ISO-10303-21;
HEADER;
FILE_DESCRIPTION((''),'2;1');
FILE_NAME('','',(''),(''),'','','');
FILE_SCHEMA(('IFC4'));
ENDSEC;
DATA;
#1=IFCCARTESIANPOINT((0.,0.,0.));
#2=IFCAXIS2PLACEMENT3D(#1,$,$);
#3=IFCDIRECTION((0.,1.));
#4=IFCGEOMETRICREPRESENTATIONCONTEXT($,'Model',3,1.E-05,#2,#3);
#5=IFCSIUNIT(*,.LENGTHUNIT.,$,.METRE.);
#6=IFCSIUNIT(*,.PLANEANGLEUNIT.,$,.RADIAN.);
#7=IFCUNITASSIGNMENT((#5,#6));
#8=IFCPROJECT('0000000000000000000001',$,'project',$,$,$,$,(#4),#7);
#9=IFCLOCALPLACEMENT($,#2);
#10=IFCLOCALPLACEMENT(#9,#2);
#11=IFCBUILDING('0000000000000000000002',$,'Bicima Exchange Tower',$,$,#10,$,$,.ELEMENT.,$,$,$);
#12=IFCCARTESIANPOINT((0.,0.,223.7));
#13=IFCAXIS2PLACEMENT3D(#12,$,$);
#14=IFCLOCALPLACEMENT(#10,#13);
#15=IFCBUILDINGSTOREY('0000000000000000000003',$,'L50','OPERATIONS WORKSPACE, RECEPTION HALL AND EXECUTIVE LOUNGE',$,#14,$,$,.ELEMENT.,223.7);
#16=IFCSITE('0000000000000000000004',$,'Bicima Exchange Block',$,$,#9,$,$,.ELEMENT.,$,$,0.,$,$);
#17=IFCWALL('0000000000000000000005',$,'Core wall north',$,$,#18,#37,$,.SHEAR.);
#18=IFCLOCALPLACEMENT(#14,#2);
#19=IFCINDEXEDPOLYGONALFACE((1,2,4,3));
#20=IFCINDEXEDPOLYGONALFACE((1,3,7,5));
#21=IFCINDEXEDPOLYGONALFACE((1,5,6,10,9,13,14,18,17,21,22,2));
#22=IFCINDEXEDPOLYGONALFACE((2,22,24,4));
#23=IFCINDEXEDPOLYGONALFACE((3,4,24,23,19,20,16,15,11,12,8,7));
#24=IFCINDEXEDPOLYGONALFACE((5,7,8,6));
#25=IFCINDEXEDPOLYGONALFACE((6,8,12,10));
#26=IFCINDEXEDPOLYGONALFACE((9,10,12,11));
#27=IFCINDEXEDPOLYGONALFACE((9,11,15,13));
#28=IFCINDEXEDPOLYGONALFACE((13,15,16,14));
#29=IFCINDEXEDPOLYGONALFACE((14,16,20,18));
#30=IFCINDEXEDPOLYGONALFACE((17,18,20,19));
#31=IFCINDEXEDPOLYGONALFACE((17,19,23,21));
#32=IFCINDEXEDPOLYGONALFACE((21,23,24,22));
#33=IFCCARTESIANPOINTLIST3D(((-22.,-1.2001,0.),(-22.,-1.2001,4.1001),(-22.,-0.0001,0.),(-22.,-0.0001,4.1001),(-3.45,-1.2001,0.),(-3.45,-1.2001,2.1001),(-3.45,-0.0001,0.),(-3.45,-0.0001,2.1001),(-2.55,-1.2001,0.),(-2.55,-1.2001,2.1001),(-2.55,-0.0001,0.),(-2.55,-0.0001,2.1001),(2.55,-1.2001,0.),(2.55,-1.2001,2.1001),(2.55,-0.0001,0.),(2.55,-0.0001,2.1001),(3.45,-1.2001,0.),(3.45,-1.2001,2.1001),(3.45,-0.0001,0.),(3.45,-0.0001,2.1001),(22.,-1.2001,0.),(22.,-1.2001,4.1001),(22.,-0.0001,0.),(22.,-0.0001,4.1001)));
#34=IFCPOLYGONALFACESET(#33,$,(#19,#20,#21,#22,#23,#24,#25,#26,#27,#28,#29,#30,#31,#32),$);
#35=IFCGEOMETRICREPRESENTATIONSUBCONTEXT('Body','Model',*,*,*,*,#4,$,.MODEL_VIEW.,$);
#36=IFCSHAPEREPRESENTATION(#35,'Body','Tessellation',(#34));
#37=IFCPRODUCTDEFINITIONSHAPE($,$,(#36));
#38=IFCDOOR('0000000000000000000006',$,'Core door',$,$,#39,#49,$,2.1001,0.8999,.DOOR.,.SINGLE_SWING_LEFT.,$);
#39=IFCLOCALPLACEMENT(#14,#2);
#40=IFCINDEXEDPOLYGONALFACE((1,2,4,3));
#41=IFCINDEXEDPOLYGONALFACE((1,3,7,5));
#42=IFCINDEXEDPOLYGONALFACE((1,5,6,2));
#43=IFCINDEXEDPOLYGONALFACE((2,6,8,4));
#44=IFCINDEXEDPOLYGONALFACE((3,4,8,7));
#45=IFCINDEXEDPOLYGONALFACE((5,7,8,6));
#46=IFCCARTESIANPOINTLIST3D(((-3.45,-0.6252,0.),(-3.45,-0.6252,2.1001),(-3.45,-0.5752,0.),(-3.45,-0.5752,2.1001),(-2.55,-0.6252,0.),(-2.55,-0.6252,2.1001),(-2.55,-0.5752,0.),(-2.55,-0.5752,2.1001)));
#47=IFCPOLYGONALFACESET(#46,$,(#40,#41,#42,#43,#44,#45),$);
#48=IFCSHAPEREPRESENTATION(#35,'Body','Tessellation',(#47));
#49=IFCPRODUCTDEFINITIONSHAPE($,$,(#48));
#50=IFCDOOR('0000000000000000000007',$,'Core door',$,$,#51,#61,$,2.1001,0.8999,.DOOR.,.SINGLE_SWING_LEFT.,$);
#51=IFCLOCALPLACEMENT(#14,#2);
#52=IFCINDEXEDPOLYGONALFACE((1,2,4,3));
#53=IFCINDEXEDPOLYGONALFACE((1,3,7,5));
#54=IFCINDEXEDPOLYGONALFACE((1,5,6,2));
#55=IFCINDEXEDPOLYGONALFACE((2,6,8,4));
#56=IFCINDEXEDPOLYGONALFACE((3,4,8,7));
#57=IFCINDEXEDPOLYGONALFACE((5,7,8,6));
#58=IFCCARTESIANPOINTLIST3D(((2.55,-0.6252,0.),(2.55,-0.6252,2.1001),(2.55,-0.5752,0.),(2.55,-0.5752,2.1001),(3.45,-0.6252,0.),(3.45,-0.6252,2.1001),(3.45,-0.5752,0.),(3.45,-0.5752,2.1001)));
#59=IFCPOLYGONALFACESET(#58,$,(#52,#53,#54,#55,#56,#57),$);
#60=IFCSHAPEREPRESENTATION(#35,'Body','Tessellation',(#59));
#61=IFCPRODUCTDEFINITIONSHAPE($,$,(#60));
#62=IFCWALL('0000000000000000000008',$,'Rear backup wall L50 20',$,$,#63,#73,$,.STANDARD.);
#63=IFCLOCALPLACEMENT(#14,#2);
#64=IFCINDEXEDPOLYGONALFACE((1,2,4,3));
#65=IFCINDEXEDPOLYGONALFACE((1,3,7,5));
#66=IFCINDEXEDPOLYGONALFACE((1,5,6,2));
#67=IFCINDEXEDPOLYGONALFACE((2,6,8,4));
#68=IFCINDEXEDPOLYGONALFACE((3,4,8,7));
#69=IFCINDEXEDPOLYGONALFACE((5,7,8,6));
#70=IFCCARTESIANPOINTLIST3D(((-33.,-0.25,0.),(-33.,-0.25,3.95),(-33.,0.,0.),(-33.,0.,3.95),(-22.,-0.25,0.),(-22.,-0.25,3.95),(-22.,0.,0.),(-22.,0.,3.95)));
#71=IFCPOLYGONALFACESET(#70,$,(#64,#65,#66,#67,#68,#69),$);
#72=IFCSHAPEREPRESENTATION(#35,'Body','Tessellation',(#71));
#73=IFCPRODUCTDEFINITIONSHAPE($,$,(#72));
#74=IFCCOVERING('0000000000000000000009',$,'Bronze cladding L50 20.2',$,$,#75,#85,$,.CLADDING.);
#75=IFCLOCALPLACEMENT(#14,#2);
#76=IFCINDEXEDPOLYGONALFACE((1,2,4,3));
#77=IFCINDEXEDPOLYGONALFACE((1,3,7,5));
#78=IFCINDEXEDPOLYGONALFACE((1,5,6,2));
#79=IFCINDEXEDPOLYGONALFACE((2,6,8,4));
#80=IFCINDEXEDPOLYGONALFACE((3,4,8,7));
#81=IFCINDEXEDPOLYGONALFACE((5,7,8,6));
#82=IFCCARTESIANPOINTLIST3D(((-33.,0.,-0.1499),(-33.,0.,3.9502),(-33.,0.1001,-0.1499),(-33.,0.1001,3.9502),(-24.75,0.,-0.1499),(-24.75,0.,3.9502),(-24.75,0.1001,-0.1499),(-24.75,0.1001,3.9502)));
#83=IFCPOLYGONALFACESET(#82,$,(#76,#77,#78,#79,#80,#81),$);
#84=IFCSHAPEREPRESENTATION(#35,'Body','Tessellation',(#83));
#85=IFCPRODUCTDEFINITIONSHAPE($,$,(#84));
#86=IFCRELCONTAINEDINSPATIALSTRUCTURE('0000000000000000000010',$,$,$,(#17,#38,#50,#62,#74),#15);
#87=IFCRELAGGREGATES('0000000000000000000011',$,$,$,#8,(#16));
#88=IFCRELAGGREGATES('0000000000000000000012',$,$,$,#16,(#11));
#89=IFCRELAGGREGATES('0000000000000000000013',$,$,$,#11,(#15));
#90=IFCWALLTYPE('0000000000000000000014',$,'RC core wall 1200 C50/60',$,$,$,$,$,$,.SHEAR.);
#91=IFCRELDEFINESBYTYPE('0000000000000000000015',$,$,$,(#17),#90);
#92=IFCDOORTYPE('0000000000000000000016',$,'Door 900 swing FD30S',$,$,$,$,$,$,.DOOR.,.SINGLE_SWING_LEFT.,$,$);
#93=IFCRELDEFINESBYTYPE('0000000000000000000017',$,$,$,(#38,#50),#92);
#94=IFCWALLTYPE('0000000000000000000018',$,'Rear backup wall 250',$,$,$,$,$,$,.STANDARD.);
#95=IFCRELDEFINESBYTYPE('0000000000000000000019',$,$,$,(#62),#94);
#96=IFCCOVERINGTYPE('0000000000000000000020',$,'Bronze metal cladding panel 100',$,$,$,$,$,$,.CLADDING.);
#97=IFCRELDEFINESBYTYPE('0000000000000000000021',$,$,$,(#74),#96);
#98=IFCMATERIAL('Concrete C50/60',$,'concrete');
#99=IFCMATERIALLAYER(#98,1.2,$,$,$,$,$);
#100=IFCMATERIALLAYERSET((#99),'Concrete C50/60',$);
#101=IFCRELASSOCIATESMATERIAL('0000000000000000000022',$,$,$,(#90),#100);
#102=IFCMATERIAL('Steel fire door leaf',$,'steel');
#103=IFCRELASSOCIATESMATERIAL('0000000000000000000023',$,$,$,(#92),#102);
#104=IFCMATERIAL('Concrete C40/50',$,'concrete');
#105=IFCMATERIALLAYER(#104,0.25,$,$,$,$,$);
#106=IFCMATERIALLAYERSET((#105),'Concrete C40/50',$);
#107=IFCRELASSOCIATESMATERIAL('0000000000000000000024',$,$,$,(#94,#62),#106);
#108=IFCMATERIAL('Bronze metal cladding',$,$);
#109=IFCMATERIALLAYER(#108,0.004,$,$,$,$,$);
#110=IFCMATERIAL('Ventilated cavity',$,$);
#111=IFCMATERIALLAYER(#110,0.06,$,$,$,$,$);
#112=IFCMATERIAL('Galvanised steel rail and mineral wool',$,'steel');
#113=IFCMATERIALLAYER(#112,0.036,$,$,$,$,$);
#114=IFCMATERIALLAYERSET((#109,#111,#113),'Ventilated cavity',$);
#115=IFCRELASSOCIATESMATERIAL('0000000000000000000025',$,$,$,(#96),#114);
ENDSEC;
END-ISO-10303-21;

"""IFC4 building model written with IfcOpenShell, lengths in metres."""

from ifc_helpers import new_model, si_unit, direction, frame, frame_2d, origin, origin_2d, place, context, subcontext, project, spatial, rectangle, extrude, material, layer, layer_set, layer_usage, type_object, element, fill, save


model = new_model("IFC4")

# Units and contexts
model_context = context("Model", 3, precision=1e-05, world=origin(), true_north=direction((0.0, 1.0)))
body_context = subcontext(model_context, "Body", "Model", "MODEL_VIEW")
ifc_project = project(units=[si_unit("LENGTHUNIT", "METRE"), si_unit("PLANEANGLEUNIT", "RADIAN")], contexts=[model_context])

# Site, building, storey
site_placement = place(None, origin())
site = spatial("IfcSite", under=ifc_project, at=site_placement, Name="Bicima Exchange Block", CompositionType="ELEMENT", RefElevation=0.0)
building_placement = place(site_placement, origin())
building = spatial("IfcBuilding", under=site, at=building_placement, Name="Bicima Exchange Tower", CompositionType="ELEMENT")
storey_placement = place(building_placement, frame((0.0, 0.0, 223.7)))
storey = spatial("IfcBuildingStorey", under=building, at=storey_placement, Name="L50", Description="OPERATIONS WORKSPACE, RECEPTION HALL AND EXECUTIVE LOUNGE", CompositionType="ELEMENT", Elevation=223.7)

# Wall, openings, doors
ifc_material_1 = material(Name="Concrete C50/60", Category="concrete")
ifc_layer_1 = layer(ifc_material_1, 1.2)
ifc_layer_set_1 = layer_set([ifc_layer_1], Name="Concrete C50/60")
wall_type_1 = type_object("IfcWallType", Name="RC core wall 1200 C50/60", PredefinedType="SHEAR", material=ifc_layer_set_1)
wall_1_placement = place(storey_placement, frame((-22.0, -0.6001, 0.0), z_axis=(0.0, 0.0, 1.0), x_axis=(1.0, 0.0, 0.0)))
wall_1 = element("IfcWall", 1, at=wall_1_placement, inside=storey, type_object=wall_type_1, Name="Core wall north", PredefinedType="SHEAR", context=body_context, shape_type="SweptSolid", body=[
    extrude(rectangle(XDim=44.0, YDim=1.2, at=frame_2d((22.0, 0.0))), origin(), (0.0, 0.0, 1.0), 4.1001),
])
opening_1_placement = place(wall_1_placement, frame((18.55, 0.0, 0.0)))
opening_1 = element("IfcOpeningElement", 2, at=opening_1_placement, cuts=wall_1, PredefinedType="OPENING", context=body_context, shape_type="SweptSolid", body=[
    extrude(rectangle(XDim=0.8999, YDim=2.1001, at=frame_2d((0.45, 1.05))), frame((0.0, 0.6118, 0.0), z_axis=(0.0, -1.0, 0.0), x_axis=(1.0, 0.0, 0.0)), (0.0, 0.0, 1.0), 1.2239),
])
opening_2_placement = place(wall_1_placement, frame((24.55, 0.0, 0.0)))
opening_2 = element("IfcOpeningElement", 3, at=opening_2_placement, cuts=wall_1, PredefinedType="OPENING", context=body_context, shape_type="SweptSolid", body=[
    extrude(rectangle(XDim=0.8999, YDim=2.1001, at=frame_2d((0.45, 1.05))), frame((0.0, 0.6118, 0.0), z_axis=(0.0, -1.0, 0.0), x_axis=(1.0, 0.0, 0.0)), (0.0, 0.0, 1.0), 1.2239),
])
ifc_material_2 = material(Name="Steel fire door leaf", Category="steel")
door_type = type_object("IfcDoorType", Name="Door 900 swing FD30S", OperationType="SINGLE_SWING_LEFT", PredefinedType="DOOR", material=ifc_material_2)
door_1_placement = place(opening_1_placement, origin())
door_1 = element("IfcDoor", 4, at=door_1_placement, inside=storey, type_object=door_type, Name="Core door", OperationType="SINGLE_SWING_LEFT", OverallHeight=2.1001, OverallWidth=0.8999, PredefinedType="DOOR", context=body_context, shape_type="SweptSolid", body=[
    extrude(rectangle(XDim=0.8999, YDim=2.1001, at=frame_2d((0.45, 1.05))), frame((0.0, 0.0249, 0.0), z_axis=(0.0, -1.0, 0.0), x_axis=(1.0, 0.0, 0.0)), (0.0, 0.0, 1.0), 0.05),
])
fill(opening_1, door_1)
door_2_placement = place(opening_2_placement, origin())
door_2 = element("IfcDoor", 5, at=door_2_placement, inside=storey, type_object=door_type, Name="Core door", OperationType="SINGLE_SWING_LEFT", OverallHeight=2.1001, OverallWidth=0.8999, PredefinedType="DOOR", context=body_context, shape_type="SweptSolid", body=[
    extrude(rectangle(XDim=0.8999, YDim=2.1001, at=frame_2d((0.45, 1.05))), frame((0.0, 0.0249, 0.0), z_axis=(0.0, -1.0, 0.0), x_axis=(1.0, 0.0, 0.0)), (0.0, 0.0, 1.0), 0.05),
])
fill(opening_2, door_2)

# Wall
ifc_material_3 = material(Name="Concrete C40/50", Category="concrete")
ifc_layer_2 = layer(ifc_material_3, 0.25)
ifc_layer_set_2 = layer_set([ifc_layer_2], Name="Concrete C40/50")
ifc_layer_usage = layer_usage(ifc_layer_set_2, "AXIS2", "POSITIVE", -0.125)
wall_type_2 = type_object("IfcWallType", Name="Rear backup wall 250", PredefinedType="STANDARD", material=ifc_layer_set_2)
wall_2_placement = place(storey_placement, frame((-22.0, -0.125, 0.0), z_axis=(0.0, 0.0, 1.0), x_axis=(-1.0, 0.0, 0.0)))
element("IfcWall", 6, at=wall_2_placement, inside=storey, type_object=wall_type_2, material=ifc_layer_usage, Name="Rear backup wall L50 20", PredefinedType="STANDARD", context=body_context, shape_type="SweptSolid", body=[
    extrude(rectangle(XDim=11.0, YDim=0.25, at=frame_2d((5.5, 0.0))), origin(), (0.0, 0.0, 1.0), 3.95),
])

# Covering
ifc_material_4 = material(Name="Bronze metal cladding")
ifc_layer_3 = layer(ifc_material_4, 0.004)
ifc_material_5 = material(Name="Ventilated cavity")
ifc_layer_4 = layer(ifc_material_5, 0.06)
ifc_material_6 = material(Name="Galvanised steel rail and mineral wool", Category="steel")
ifc_layer_5 = layer(ifc_material_6, 0.036)
ifc_layer_set_3 = layer_set([ifc_layer_3, ifc_layer_4, ifc_layer_5], Name="Ventilated cavity")
covering_type = type_object("IfcCoveringType", Name="Bronze metal cladding panel 100", PredefinedType="CLADDING", material=ifc_layer_set_3)
covering_placement = place(storey_placement, frame((-28.875, 0.05, -0.1499), z_axis=(0.0, 0.0, 1.0), x_axis=(-1.0, 0.0, 0.0)))
element("IfcCovering", 7, at=covering_placement, inside=storey, type_object=covering_type, Name="Bronze cladding L50 20.2", PredefinedType="CLADDING", context=body_context, shape_type="SweptSolid", body=[
    extrude(rectangle(XDim=8.25, YDim=0.1001, at=origin_2d()), origin(), (0.0, 0.0, 1.0), 4.1001),
])

save(model, "model.ifc")
